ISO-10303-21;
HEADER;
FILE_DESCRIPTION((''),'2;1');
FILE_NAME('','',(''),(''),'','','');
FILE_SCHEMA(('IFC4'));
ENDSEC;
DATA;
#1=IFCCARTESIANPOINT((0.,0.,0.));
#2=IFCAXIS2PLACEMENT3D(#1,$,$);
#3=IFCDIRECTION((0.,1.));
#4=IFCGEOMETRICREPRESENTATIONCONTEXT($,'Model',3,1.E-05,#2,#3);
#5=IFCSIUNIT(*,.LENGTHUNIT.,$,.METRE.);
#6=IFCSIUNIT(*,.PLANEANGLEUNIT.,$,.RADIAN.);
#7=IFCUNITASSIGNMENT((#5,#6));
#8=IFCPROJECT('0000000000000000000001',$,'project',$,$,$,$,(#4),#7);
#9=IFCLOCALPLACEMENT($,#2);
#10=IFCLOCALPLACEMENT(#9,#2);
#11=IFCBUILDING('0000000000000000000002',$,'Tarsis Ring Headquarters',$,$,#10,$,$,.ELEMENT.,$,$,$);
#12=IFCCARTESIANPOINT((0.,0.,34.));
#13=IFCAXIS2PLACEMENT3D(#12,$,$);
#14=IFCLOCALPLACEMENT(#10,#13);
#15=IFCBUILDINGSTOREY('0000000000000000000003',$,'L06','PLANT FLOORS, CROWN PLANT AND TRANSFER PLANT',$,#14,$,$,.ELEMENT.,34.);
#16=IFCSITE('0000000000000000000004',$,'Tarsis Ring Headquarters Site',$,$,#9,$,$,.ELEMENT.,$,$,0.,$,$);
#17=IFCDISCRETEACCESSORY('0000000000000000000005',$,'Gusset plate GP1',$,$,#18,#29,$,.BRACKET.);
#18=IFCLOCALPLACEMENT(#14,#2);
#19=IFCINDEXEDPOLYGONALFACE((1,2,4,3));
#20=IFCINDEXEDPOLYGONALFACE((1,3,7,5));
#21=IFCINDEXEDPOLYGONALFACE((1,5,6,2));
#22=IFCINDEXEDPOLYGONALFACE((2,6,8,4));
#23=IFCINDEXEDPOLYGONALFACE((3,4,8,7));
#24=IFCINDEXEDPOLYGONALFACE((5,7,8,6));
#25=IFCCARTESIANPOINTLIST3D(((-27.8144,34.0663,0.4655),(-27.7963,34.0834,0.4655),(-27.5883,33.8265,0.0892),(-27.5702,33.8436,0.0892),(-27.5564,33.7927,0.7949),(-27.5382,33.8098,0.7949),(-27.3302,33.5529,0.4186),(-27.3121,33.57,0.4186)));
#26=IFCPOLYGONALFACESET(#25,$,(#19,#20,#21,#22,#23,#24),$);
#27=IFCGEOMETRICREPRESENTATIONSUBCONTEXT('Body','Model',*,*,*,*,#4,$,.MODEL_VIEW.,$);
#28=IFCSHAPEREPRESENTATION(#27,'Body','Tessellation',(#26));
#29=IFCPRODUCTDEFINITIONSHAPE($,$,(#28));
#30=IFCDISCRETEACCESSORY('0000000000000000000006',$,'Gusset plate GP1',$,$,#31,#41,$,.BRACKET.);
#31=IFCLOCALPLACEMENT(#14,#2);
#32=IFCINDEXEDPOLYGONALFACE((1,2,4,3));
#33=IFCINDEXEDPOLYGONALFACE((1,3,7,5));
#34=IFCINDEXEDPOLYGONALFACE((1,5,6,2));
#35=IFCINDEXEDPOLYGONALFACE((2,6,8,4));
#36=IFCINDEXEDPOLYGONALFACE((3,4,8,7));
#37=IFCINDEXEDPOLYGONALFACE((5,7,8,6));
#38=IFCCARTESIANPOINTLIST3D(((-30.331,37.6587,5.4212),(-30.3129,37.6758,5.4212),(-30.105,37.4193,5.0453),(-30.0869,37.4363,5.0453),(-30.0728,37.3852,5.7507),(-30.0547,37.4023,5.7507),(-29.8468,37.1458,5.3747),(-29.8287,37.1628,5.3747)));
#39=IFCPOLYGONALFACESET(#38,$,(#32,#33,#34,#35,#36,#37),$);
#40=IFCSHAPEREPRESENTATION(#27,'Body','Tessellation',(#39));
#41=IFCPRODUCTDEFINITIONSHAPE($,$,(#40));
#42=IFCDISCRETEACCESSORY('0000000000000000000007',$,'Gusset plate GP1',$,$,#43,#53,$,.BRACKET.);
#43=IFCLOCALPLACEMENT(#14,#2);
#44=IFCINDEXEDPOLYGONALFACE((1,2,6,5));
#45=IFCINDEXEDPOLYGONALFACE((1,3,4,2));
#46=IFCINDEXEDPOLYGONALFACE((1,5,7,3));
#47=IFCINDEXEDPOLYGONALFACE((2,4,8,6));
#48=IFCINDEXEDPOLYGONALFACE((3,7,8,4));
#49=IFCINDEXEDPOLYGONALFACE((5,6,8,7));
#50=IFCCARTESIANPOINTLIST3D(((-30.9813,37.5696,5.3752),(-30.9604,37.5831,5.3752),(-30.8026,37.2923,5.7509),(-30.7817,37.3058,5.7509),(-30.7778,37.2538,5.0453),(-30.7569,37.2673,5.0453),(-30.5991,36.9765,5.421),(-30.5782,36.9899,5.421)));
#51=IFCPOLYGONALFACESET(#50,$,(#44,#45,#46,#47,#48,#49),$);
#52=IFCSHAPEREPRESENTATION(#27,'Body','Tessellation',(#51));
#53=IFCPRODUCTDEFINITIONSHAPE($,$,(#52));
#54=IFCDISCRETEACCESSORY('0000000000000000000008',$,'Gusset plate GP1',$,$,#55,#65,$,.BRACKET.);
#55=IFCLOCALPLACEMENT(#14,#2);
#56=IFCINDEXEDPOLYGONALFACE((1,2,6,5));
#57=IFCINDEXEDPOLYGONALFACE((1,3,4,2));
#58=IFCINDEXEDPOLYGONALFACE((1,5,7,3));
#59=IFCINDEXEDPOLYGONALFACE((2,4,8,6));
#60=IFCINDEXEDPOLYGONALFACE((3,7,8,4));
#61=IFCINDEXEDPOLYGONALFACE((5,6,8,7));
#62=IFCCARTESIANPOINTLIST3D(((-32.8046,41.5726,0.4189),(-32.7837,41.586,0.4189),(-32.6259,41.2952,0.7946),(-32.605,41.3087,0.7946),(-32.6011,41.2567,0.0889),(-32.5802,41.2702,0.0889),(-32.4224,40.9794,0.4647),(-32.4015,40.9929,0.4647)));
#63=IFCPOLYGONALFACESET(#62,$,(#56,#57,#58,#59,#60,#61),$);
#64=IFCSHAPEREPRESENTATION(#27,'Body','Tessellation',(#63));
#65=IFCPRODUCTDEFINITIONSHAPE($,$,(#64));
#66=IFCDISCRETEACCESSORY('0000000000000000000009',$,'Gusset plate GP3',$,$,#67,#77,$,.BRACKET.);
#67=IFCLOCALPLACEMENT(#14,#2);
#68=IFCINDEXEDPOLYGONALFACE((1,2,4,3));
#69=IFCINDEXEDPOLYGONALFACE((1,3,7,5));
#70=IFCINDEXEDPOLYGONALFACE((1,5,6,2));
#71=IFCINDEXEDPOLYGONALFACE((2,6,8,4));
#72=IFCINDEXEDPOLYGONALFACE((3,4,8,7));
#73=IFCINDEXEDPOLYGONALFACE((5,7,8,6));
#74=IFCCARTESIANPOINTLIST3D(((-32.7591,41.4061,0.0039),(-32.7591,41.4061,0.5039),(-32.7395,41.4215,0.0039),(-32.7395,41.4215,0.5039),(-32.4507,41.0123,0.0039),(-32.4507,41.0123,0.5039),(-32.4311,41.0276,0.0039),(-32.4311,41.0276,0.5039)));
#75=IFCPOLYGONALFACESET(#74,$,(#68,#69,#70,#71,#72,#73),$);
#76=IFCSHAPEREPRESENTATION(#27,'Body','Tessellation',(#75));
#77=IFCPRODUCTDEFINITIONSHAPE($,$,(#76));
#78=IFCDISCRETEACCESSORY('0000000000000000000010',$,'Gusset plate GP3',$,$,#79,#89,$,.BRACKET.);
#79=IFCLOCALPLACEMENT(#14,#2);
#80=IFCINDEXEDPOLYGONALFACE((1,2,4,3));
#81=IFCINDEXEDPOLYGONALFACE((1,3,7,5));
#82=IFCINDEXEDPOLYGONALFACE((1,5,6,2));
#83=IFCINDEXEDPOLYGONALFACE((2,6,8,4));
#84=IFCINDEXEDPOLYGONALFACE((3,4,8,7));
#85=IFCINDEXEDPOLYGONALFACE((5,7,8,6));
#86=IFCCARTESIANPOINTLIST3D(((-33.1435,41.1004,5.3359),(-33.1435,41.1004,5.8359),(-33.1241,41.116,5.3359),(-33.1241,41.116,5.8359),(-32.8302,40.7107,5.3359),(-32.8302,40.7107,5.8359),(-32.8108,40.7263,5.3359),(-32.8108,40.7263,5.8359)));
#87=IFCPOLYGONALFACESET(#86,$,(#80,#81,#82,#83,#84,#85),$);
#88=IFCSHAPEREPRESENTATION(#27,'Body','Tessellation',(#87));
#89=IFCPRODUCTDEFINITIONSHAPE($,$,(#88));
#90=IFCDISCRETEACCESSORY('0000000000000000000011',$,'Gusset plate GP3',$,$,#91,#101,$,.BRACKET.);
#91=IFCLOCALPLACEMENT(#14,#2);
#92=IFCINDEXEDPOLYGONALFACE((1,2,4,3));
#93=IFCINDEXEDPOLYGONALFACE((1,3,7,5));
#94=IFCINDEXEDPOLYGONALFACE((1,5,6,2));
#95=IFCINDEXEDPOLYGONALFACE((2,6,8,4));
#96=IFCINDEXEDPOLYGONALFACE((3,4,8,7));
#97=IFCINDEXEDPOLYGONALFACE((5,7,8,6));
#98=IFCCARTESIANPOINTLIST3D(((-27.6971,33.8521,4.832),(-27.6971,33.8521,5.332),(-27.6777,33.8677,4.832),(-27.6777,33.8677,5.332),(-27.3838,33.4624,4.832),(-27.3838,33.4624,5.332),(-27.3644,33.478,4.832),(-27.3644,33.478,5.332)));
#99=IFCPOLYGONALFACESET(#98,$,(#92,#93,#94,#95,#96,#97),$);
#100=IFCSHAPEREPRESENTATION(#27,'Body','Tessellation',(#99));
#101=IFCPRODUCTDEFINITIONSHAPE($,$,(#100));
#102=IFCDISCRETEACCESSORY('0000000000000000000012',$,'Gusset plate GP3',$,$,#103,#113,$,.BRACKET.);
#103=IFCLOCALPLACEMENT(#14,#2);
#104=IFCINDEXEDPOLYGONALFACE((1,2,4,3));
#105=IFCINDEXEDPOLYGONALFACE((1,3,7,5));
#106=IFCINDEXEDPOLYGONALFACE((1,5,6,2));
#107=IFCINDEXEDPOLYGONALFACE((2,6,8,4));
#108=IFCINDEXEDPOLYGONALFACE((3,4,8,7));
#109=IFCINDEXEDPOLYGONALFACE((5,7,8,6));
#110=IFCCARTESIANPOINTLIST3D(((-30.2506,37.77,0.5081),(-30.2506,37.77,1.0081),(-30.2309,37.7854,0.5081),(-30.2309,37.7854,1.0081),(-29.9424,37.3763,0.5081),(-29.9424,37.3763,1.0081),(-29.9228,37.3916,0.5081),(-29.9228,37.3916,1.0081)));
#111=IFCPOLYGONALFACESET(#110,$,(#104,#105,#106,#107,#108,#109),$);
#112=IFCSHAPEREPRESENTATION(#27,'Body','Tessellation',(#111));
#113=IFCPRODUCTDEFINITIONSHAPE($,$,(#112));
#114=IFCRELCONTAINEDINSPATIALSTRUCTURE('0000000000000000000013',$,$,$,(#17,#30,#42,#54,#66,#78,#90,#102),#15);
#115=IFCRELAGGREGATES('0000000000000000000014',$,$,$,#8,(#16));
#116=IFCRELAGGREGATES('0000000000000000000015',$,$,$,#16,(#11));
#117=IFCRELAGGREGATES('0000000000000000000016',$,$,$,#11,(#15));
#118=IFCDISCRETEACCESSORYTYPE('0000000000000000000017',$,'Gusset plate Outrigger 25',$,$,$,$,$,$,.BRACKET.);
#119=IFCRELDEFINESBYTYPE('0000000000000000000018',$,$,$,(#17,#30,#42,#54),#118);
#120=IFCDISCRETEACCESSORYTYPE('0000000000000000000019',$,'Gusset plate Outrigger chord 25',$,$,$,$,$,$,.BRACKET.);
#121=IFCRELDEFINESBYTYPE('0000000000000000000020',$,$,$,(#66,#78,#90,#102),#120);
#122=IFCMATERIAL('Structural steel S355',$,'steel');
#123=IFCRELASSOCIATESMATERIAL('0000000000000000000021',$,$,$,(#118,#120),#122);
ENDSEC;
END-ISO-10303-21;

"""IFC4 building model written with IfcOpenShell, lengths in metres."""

from ifc_helpers import new_model, si_unit, direction, frame, origin, origin_2d, place, context, subcontext, project, spatial, rectangle, extrude, material, material_profile, profile_set, type_object, element, save


model = new_model("IFC4")

# Units and contexts
model_context = context("Model", 3, precision=1e-05, world=origin(), true_north=direction((0.0, 1.0)))
body_context = subcontext(model_context, "Body", "Model", "MODEL_VIEW")
ifc_project = project(units=[si_unit("LENGTHUNIT", "METRE"), si_unit("PLANEANGLEUNIT", "RADIAN")], contexts=[model_context])

# Site, building, storey
site_placement = place(None, origin())
site = spatial("IfcSite", under=ifc_project, at=site_placement, Name="Tarsis Ring Headquarters Site", CompositionType="ELEMENT", RefElevation=0.0)
building_placement = place(site_placement, origin())
building = spatial("IfcBuilding", under=site, at=building_placement, Name="Tarsis Ring Headquarters", CompositionType="ELEMENT")
storey_placement = place(building_placement, frame((0.0, 0.0, 34.0)))
storey = spatial("IfcBuildingStorey", under=building, at=storey_placement, Name="L06", Description="PLANT FLOORS, CROWN PLANT AND TRANSFER PLANT", CompositionType="ELEMENT", Elevation=34.0)

# Shared definitions
ifc_material_1 = material(Name="Structural steel S355", Category="steel")

# Discrete accessories
ifc_material_profile_1 = material_profile(ifc_material_1, rectangle(XDim=0.0249, YDim=0.5, at=origin_2d()), Name="PL 25x500")
ifc_profile_set_1 = profile_set([ifc_material_profile_1], Name="Structural steel S355")
discrete_accessory_type_1 = type_object("IfcDiscreteAccessoryType", Name="Gusset plate Outrigger 25", PredefinedType="BRACKET", material=ifc_profile_set_1)
discrete_accessory_1_placement = place(storey_placement, frame((-27.4502, 33.6982, 0.2539), z_axis=(-0.452031, 0.479368, 0.752246), x_axis=(-0.727547, -0.686058, 0.0)))
element("IfcDiscreteAccessory", 1, at=discrete_accessory_1_placement, inside=storey, type_object=discrete_accessory_type_1, Name="Gusset plate GP1", PredefinedType="BRACKET", context=body_context, shape_type="SweptSolid", body=[
    extrude(rectangle(XDim=0.0249, YDim=0.5, at=origin_2d()), origin(), (0.0, 0.0, 1.0), 0.5002),
])
discrete_accessory_2_placement = place(storey_placement, frame((-30.1929, 37.5305, 5.5859), z_axis=(0.452303, -0.479168, -0.75221), x_axis=(0.727198, 0.686428, 0.0)))
element("IfcDiscreteAccessory", 2, at=discrete_accessory_2_placement, inside=storey, type_object=discrete_accessory_type_1, Name="Gusset plate GP1", PredefinedType="BRACKET", context=body_context, shape_type="SweptSolid", body=[
    extrude(rectangle(XDim=0.0249, YDim=0.5, at=origin_2d()), origin(), (0.0, 0.0, 1.0), 0.4998),
])
for number, where, z_axis, x_axis, name in (
    (3, (-30.6904, 37.1411, 5.5859), (-0.357399, 0.554652, -0.751417), (-0.840601, -0.541655, 0.0), "Gusset plate GP1"),
    (4, (-32.6924, 41.4214, 0.2539), (0.357399, -0.554652, 0.751417), (0.840601, 0.541655, 0.0), "Gusset plate GP1"),
):
    element("IfcDiscreteAccessory", number, at=place(storey_placement, frame(where, z_axis=z_axis, x_axis=x_axis)), inside=storey, type_object=discrete_accessory_type_1, Name=name, PredefinedType="BRACKET", context=body_context, shape_type="SweptSolid", body=[
        extrude(rectangle(XDim=0.0249, YDim=0.5, at=origin_2d()), origin(), (0.0, 0.0, 1.0), 0.5),
    ])
discrete_accessory_type_2 = type_object("IfcDiscreteAccessoryType", Name="Gusset plate Outrigger chord 25", PredefinedType="BRACKET", material=ifc_profile_set_1)
discrete_accessory_3_placement = place(storey_placement, frame((-32.7493, 41.4138, 0.2539), z_axis=(0.616506, -0.78735, 0.0), x_axis=(0.78735, 0.616506, 0.0)))
element("IfcDiscreteAccessory", 5, at=discrete_accessory_3_placement, inside=storey, type_object=discrete_accessory_type_2, Name="Gusset plate GP3", PredefinedType="BRACKET", context=body_context, shape_type="SweptSolid", body=[
    extrude(rectangle(XDim=0.0249, YDim=0.5, at=origin_2d()), origin(), (0.0, 0.0, 1.0), 0.5002),
])
for number, where, z_axis, x_axis, name in (
    (6, (-33.1338, 41.1082, 5.5859), (0.626539, -0.77939, 0.0), (0.77939, 0.626539, 0.0), "Gusset plate GP3"),
    (7, (-27.5308, 33.665, 5.332), (0.0, 0.0, -1.0), (-0.779282, -0.626673, 0.0), "Gusset plate GP3"),
    (8, (-30.0867, 37.5808, 0.5081), (0.0, 0.0, 1.0), (0.787481, 0.616339, 0.0), "Gusset plate GP3"),
):
    element("IfcDiscreteAccessory", number, at=place(storey_placement, frame(where, z_axis=z_axis, x_axis=x_axis)), inside=storey, type_object=discrete_accessory_type_2, Name=name, PredefinedType="BRACKET", context=body_context, shape_type="SweptSolid", body=[
        extrude(rectangle(XDim=0.0249, YDim=0.5, at=origin_2d()), origin(), (0.0, 0.0, 1.0), 0.5),
    ])

save(model, "model.ifc")
